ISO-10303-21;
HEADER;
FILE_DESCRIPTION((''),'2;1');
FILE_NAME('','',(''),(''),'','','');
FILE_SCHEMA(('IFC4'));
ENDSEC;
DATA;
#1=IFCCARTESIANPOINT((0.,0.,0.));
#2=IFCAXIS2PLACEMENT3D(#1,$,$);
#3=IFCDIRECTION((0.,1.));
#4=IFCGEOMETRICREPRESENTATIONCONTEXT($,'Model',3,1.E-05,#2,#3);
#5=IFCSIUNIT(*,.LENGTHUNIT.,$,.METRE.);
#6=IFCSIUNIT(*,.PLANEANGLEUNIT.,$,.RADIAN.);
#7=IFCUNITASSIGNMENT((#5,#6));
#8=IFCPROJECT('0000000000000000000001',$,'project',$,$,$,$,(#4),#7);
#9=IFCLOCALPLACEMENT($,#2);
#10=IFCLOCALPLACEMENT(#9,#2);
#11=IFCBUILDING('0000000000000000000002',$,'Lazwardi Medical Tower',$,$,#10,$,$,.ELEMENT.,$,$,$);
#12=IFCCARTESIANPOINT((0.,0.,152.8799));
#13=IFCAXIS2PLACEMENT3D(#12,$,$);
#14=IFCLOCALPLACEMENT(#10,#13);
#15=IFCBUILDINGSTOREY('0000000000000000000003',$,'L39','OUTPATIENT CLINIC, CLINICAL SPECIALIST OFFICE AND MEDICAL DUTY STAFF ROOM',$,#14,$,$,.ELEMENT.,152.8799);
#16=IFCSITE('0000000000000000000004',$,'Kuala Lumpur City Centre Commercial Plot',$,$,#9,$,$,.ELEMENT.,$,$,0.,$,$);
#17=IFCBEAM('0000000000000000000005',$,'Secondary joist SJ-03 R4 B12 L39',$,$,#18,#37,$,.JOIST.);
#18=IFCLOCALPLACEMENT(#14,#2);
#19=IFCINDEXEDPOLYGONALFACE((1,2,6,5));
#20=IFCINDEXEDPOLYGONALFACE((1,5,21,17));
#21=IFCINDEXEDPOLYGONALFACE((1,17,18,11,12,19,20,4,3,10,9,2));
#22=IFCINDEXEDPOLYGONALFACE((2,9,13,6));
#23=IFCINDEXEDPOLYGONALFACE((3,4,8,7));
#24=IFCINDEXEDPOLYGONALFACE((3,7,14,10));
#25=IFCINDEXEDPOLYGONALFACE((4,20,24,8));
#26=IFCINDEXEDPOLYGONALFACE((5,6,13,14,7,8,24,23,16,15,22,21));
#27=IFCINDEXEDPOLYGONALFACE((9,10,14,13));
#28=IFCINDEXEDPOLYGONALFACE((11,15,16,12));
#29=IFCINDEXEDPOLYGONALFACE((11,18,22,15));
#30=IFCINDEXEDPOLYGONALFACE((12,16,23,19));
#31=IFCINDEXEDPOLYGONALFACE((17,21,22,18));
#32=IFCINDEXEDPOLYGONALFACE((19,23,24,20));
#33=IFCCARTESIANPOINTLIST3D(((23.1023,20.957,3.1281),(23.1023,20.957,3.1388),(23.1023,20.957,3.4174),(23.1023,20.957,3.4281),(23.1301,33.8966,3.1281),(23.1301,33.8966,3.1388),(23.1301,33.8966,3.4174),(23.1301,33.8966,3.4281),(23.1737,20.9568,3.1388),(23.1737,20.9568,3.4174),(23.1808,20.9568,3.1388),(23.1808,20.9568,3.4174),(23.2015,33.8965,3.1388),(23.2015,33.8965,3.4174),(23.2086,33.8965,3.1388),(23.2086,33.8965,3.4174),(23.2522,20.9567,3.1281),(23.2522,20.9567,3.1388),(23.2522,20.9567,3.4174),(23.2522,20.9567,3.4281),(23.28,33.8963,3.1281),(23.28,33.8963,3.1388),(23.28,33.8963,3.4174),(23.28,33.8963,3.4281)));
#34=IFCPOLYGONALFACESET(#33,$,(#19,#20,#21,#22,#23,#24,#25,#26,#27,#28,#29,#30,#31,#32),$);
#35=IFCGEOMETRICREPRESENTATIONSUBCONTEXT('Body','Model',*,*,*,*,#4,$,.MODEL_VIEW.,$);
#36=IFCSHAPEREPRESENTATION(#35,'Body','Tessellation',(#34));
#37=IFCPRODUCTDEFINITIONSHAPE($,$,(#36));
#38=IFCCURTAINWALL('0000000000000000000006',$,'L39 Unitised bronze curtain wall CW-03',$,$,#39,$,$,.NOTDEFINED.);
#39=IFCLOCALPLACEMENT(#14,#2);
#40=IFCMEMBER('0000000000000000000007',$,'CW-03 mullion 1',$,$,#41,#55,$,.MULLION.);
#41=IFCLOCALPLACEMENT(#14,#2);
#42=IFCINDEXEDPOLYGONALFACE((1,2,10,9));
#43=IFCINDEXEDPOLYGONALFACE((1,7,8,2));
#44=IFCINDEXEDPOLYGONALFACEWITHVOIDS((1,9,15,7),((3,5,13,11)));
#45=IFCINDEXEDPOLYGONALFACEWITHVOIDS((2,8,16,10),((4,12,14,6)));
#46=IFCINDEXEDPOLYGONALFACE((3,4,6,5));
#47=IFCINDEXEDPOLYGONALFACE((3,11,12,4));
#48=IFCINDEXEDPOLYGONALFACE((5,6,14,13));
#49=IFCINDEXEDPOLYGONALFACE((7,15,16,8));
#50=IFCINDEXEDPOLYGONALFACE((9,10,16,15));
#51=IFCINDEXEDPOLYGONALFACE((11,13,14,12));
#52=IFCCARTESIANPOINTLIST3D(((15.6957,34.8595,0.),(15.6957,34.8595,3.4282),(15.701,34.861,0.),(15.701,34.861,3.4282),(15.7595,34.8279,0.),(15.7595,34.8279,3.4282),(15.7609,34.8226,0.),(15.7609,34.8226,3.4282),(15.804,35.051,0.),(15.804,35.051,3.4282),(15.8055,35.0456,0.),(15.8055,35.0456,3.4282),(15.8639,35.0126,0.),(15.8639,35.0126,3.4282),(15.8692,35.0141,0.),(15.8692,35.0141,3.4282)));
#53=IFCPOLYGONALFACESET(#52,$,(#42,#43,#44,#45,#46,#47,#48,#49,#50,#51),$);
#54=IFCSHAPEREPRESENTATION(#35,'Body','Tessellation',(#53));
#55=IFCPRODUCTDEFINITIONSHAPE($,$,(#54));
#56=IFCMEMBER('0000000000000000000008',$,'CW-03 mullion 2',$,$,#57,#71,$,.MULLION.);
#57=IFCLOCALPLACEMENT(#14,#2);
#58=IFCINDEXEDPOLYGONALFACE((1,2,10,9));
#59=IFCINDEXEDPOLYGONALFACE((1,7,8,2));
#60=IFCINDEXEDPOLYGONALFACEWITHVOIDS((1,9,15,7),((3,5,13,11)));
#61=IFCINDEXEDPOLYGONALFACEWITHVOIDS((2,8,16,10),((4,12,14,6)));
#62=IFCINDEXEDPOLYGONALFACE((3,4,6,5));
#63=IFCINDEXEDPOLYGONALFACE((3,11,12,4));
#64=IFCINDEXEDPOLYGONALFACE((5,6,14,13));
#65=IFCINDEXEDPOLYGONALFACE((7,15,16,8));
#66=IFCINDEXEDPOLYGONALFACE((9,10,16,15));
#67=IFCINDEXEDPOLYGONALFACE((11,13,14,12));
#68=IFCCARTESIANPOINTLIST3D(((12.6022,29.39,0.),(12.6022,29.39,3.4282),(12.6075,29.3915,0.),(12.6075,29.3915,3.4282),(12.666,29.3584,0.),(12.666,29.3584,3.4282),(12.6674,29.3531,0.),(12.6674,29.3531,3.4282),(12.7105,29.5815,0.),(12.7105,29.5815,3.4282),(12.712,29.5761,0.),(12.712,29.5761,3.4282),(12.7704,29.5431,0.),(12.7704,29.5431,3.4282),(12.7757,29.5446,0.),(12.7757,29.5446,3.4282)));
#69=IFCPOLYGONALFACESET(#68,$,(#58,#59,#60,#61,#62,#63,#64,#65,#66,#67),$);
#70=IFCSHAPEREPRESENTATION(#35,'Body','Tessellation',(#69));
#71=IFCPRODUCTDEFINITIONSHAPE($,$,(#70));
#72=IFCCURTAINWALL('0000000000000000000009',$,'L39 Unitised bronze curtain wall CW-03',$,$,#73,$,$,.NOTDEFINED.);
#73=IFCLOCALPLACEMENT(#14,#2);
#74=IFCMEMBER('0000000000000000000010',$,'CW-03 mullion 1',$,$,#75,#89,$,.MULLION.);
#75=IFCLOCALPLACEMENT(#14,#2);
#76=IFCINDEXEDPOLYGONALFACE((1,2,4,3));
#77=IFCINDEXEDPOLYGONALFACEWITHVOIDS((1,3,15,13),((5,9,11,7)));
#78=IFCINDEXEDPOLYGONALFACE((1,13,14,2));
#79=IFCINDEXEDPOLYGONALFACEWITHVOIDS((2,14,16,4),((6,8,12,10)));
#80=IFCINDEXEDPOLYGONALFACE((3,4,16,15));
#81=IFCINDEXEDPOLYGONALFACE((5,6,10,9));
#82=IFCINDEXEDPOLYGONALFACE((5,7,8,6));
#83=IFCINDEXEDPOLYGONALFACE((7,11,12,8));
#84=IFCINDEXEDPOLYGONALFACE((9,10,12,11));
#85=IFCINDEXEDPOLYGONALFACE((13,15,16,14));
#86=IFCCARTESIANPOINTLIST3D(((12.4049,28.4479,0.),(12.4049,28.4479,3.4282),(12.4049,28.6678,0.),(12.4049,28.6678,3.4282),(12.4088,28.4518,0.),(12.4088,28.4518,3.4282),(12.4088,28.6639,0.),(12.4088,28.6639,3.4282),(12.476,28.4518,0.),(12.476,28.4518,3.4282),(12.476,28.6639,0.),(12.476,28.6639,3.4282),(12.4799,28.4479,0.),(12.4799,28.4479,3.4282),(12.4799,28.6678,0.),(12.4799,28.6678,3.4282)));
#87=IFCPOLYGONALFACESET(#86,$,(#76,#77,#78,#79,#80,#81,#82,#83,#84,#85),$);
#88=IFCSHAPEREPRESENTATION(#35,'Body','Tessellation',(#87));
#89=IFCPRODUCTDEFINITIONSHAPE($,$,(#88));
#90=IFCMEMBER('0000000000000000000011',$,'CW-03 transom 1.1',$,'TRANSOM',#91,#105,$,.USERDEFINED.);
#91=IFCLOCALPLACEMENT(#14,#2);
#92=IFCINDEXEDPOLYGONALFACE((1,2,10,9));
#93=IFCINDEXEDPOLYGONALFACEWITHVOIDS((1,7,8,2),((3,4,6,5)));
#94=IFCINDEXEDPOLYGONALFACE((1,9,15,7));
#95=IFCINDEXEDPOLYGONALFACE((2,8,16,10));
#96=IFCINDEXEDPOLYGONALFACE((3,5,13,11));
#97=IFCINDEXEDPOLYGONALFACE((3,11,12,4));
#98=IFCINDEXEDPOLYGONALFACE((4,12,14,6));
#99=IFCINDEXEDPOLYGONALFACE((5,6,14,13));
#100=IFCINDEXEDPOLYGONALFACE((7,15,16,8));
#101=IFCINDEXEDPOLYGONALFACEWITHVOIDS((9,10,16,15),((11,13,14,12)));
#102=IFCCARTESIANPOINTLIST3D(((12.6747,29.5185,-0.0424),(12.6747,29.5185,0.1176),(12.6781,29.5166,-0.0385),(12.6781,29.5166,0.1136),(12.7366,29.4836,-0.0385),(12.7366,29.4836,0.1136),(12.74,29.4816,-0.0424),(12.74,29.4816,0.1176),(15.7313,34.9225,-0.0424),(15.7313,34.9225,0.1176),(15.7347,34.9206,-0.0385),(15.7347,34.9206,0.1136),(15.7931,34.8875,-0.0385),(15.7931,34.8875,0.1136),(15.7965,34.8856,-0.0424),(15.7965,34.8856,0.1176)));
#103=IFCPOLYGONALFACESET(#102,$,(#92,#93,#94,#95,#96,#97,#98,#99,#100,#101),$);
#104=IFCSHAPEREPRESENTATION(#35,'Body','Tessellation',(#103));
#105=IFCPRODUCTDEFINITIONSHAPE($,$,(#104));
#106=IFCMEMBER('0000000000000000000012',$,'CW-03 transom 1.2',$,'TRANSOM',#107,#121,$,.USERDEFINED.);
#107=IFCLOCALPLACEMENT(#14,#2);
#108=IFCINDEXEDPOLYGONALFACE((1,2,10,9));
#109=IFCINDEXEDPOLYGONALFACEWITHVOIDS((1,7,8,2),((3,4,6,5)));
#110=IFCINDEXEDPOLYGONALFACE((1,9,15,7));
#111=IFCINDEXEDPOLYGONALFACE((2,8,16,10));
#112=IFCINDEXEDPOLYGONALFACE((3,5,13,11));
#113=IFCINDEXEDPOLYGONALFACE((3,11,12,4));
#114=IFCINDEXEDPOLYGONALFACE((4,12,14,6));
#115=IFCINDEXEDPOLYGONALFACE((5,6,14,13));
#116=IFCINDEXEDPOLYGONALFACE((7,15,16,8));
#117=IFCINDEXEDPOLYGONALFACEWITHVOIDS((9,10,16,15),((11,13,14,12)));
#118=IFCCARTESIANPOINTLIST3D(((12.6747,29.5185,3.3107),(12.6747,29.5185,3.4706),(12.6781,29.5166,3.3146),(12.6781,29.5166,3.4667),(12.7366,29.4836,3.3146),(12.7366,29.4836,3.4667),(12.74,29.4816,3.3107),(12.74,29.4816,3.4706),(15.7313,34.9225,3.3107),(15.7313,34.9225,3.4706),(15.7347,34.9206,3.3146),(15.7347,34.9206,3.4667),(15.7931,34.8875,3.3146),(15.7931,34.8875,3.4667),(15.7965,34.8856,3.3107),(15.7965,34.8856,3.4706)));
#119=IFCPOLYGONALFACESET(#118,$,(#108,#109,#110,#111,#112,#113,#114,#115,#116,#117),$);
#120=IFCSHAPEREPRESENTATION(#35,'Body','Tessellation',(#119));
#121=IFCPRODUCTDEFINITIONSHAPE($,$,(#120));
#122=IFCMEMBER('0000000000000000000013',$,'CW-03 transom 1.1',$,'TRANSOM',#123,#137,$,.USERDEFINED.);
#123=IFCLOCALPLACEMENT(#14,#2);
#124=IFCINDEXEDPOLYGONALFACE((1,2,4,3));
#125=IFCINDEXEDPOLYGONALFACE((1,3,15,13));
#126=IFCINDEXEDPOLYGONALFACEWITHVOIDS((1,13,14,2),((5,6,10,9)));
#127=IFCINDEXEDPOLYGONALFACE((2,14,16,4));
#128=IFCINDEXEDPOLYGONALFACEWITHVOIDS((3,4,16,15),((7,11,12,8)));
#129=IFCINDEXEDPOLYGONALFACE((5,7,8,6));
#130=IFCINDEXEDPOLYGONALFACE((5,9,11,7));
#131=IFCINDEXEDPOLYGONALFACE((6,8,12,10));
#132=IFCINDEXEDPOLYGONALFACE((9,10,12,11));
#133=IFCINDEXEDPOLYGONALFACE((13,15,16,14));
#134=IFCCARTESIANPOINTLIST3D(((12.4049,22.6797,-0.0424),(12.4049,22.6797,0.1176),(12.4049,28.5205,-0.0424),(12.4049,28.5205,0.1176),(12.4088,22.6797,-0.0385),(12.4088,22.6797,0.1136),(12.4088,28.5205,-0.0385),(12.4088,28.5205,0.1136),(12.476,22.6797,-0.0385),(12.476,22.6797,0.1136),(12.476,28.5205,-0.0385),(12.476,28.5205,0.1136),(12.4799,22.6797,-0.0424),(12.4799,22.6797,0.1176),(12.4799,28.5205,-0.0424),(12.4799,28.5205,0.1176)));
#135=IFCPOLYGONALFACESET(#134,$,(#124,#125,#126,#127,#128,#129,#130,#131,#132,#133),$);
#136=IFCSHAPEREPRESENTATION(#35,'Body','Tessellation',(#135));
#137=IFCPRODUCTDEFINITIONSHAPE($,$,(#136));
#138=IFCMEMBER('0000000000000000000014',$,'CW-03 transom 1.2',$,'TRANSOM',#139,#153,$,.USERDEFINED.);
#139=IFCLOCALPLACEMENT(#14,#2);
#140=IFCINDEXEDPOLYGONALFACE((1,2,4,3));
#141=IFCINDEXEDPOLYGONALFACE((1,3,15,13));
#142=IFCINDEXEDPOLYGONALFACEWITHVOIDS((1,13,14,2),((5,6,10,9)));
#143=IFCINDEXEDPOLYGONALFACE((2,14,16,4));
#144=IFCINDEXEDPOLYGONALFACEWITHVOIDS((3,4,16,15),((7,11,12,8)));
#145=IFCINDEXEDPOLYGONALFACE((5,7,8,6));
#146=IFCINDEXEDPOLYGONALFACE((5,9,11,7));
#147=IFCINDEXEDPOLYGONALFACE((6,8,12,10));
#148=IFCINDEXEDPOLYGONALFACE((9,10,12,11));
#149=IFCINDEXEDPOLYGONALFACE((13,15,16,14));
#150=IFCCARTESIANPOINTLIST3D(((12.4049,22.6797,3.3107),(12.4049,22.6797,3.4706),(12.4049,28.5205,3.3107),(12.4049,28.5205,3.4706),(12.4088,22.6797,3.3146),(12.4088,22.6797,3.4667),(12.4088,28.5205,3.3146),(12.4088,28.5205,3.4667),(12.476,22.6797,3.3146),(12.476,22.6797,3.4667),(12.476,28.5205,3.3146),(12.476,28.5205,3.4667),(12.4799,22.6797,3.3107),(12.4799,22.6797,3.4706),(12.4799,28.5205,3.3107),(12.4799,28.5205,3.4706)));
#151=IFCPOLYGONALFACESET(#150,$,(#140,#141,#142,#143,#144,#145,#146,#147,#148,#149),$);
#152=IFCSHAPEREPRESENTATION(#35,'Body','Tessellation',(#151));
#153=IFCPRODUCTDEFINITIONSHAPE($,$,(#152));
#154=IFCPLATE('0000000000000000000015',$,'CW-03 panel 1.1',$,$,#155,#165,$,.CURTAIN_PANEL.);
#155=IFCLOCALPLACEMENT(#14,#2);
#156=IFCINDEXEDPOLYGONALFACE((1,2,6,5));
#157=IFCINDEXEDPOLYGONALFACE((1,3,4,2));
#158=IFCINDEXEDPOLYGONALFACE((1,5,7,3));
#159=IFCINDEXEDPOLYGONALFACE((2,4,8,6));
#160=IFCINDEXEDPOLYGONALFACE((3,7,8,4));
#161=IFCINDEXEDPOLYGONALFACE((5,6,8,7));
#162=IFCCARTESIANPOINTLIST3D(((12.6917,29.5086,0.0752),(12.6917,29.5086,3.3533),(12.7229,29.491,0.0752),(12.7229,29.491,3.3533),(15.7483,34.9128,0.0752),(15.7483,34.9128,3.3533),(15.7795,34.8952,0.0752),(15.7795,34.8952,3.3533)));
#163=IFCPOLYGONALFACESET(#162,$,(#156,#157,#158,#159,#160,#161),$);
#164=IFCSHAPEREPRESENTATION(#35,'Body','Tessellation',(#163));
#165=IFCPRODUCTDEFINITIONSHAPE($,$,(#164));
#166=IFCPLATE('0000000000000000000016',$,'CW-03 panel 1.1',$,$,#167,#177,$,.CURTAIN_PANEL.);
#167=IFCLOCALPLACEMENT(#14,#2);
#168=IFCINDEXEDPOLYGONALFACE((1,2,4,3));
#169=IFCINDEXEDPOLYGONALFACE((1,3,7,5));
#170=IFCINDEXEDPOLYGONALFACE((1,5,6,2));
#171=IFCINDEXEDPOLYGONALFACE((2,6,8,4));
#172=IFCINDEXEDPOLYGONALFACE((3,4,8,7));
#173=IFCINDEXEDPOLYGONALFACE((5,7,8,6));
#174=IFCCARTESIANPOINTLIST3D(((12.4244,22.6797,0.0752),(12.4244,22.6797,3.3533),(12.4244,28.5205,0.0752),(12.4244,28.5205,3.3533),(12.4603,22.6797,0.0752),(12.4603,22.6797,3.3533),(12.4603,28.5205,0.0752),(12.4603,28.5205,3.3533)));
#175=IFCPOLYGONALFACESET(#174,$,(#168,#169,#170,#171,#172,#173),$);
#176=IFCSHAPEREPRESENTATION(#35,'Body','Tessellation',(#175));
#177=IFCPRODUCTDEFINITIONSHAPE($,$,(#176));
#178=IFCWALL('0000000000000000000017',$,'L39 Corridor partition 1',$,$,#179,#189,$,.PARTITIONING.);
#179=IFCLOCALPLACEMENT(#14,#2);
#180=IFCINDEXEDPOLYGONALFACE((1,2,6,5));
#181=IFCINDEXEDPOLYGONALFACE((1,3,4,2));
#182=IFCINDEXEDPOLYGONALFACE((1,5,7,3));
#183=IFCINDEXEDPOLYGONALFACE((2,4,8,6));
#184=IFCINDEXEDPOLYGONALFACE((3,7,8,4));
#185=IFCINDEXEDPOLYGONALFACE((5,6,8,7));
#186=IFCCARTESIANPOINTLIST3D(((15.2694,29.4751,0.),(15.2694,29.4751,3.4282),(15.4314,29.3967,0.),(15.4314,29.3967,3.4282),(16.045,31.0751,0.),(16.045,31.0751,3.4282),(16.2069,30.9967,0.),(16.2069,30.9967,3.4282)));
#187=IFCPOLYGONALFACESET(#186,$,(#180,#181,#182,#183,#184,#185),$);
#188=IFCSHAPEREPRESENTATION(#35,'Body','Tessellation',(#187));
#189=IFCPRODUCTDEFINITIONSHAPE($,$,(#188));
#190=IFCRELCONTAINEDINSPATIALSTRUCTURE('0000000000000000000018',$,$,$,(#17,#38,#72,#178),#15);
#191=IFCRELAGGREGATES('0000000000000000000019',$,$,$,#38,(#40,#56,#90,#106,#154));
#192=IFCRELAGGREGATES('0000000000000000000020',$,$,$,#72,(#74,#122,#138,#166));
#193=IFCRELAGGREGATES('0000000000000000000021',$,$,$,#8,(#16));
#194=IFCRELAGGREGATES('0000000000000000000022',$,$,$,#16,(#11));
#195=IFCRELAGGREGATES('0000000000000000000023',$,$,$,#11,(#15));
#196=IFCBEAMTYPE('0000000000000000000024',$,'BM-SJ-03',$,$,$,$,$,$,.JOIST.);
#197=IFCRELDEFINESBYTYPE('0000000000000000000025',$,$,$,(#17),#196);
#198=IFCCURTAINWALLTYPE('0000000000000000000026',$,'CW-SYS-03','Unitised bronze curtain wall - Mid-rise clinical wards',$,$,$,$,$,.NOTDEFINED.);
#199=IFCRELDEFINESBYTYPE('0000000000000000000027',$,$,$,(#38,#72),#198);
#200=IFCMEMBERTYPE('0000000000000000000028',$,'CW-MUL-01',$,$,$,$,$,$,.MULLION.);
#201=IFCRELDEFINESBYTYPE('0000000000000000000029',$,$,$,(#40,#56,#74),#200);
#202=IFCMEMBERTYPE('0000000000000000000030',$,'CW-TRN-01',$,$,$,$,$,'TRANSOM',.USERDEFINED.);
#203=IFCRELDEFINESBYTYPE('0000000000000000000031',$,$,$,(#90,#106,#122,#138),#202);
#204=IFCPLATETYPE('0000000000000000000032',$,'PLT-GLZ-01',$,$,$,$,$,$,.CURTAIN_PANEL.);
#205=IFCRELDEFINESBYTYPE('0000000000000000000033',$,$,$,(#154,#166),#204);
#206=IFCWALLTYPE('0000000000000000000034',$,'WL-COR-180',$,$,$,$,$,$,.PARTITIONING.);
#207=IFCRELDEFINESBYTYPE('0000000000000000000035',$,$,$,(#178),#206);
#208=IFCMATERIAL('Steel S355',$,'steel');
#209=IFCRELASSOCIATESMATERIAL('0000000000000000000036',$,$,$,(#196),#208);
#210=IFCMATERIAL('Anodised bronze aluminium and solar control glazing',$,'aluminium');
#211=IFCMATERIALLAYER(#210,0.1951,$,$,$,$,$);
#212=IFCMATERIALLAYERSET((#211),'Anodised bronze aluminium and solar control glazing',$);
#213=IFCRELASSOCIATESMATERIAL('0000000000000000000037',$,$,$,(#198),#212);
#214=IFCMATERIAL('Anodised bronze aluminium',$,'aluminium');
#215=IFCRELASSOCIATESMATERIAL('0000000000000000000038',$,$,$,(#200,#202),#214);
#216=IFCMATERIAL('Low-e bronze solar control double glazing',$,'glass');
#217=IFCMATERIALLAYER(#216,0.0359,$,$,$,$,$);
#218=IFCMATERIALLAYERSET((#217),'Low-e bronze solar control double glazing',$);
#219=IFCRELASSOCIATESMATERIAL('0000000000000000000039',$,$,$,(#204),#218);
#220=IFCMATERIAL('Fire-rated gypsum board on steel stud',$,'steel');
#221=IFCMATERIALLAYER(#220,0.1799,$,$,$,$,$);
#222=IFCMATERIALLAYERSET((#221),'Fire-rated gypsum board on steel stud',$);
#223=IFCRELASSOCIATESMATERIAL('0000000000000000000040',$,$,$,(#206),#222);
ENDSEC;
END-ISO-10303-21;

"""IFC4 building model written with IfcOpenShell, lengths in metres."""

from ifc_helpers import new_model, si_unit, direction, frame, frame_2d, origin, origin_2d, place, context, subcontext, project, spatial, rectangle, hollow_rectangle, i_section, extrude, material, layer, layer_set, material_profile, profile_set, type_object, element, aggregate, save


model = new_model("IFC4")

# Units and contexts
model_context = context("Model", 3, precision=1e-05, world=origin(), true_north=direction((0.0, 1.0)))
body_context = subcontext(model_context, "Body", "Model", "MODEL_VIEW")
ifc_project = project(units=[si_unit("LENGTHUNIT", "METRE"), si_unit("PLANEANGLEUNIT", "RADIAN")], contexts=[model_context])

# Site, building, storey
site_placement = place(None, origin())
site = spatial("IfcSite", under=ifc_project, at=site_placement, Name="Kuala Lumpur City Centre Commercial Plot", CompositionType="ELEMENT", RefElevation=0.0)
building_placement = place(site_placement, origin())
building = spatial("IfcBuilding", under=site, at=building_placement, Name="Lazwardi Medical Tower", CompositionType="ELEMENT")
storey_placement = place(building_placement, frame((0.0, 0.0, 152.8799)))
storey = spatial("IfcBuildingStorey", under=building, at=storey_placement, Name="L39", Description="OUTPATIENT CLINIC, CLINICAL SPECIALIST OFFICE AND MEDICAL DUTY STAFF ROOM", CompositionType="ELEMENT", Elevation=152.8799)

# Beam
ifc_material_1 = material(Name="Steel S355", Category="steel")
ifc_material_profile_1 = material_profile(ifc_material_1, i_section(OverallWidth=0.1499, OverallDepth=0.3, WebThickness=0.0071, FlangeThickness=0.0107, at=origin_2d()), Name="IPE 300")
ifc_profile_set_1 = profile_set([ifc_material_profile_1], Name="Steel S355")
beam_type_1 = type_object("IfcBeamType", Name="BM-SJ-03", PredefinedType="JOIST", material=ifc_profile_set_1)
beam_1_placement = place(storey_placement, frame((23.2051, 33.8965, 3.2781), z_axis=(-0.002151, -0.999998, 0.0), x_axis=(0.999998, -0.002151, 0.0)))
element("IfcBeam", 1, at=beam_1_placement, inside=storey, type_object=beam_type_1, Name="Secondary joist SJ-03 R4 B12 L39", PredefinedType="JOIST", context=body_context, shape_type="SweptSolid", body=[
    extrude(i_section(OverallWidth=0.1499, OverallDepth=0.3, WebThickness=0.0071, FlangeThickness=0.0107, at=origin_2d()), origin(), (0.0, 0.0, 1.0), 12.9397),
])

# Curtain wall, members
ifc_material_2 = material(Name="Anodised bronze aluminium and solar control glazing", Category="aluminium")
ifc_layer_1 = layer(ifc_material_2, 0.1951)
ifc_layer_set_1 = layer_set([ifc_layer_1], Name="Anodised bronze aluminium and solar control glazing")
curtain_wall_type = type_object("IfcCurtainWallType", Name="CW-SYS-03", Description="Unitised bronze curtain wall - Mid-rise clinical wards", PredefinedType="NOTDEFINED", material=ifc_layer_set_1)
curtain_wall_1_placement = place(storey_placement, origin())
curtain_wall_1 = element("IfcCurtainWall", 2, at=curtain_wall_1_placement, inside=storey, type_object=curtain_wall_type, Name="L39 Unitised bronze curtain wall CW-03", PredefinedType="NOTDEFINED")
ifc_material_3 = material(Name="Anodised bronze aluminium", Category="aluminium")
ifc_material_profile_2 = material_profile(ifc_material_3, hollow_rectangle(XDim=0.075, YDim=0.22, WallThickness=0.0039, at=origin_2d()), Name="ALU-MULLION 220x75x4")
ifc_profile_set_2 = profile_set([ifc_material_profile_2], Name="Anodised bronze aluminium")
member_type_1 = type_object("IfcMemberType", Name="CW-MUL-01", PredefinedType="MULLION", material=ifc_profile_set_2)
member_1_placement = place(storey_placement, frame((15.7825, 34.9368, 0.0), z_axis=(0.0, 0.0, 1.0), x_axis=(0.870419, -0.492312, 0.0)))
member_1 = element("IfcMember", 3, at=member_1_placement, type_object=member_type_1, Name="CW-03 mullion 1", PredefinedType="MULLION", context=body_context, shape_type="SweptSolid", body=[
    extrude(hollow_rectangle(XDim=0.075, YDim=0.22, WallThickness=0.0039, at=origin_2d()), origin(), (0.0, 0.0, 1.0), 3.4282),
])
member_2_placement = place(storey_placement, frame((12.689, 29.4673, 0.0), z_axis=(0.0, 0.0, 1.0), x_axis=(0.870419, -0.492312, 0.0)))
member_2 = element("IfcMember", 4, at=member_2_placement, type_object=member_type_1, Name="CW-03 mullion 2", PredefinedType="MULLION", context=body_context, shape_type="SweptSolid", body=[
    extrude(hollow_rectangle(XDim=0.075, YDim=0.22, WallThickness=0.0039, at=origin_2d()), origin(), (0.0, 0.0, 1.0), 3.4282),
])

# Curtain wall, member
curtain_wall_2_placement = place(storey_placement, origin())
curtain_wall_2 = element("IfcCurtainWall", 5, at=curtain_wall_2_placement, inside=storey, type_object=curtain_wall_type, Name="L39 Unitised bronze curtain wall CW-03", PredefinedType="NOTDEFINED")
member_3_placement = place(storey_placement, frame((12.4424, 28.5579, 0.0), z_axis=(0.0, 0.0, 1.0), x_axis=(1.0, 0.0, 0.0)))
member_3 = element("IfcMember", 6, at=member_3_placement, type_object=member_type_1, Name="CW-03 mullion 1", PredefinedType="MULLION", context=body_context, shape_type="SweptSolid", body=[
    extrude(hollow_rectangle(XDim=0.075, YDim=0.22, WallThickness=0.0039, at=origin_2d()), origin(), (0.0, 0.0, 1.0), 3.4282),
])

# Members
ifc_material_profile_3 = material_profile(ifc_material_3, hollow_rectangle(XDim=0.075, YDim=0.1599, WallThickness=0.0039, at=origin_2d()), Name="ALU-TRANSOM 160x75x4")
ifc_profile_set_3 = profile_set([ifc_material_profile_3], Name="Anodised bronze aluminium")
member_type_2 = type_object("IfcMemberType", Name="CW-TRN-01", ElementType="TRANSOM", PredefinedType="USERDEFINED", material=ifc_profile_set_3)
member_4_placement = place(storey_placement, frame((15.7639, 34.9041, 0.0376), z_axis=(-0.492323, -0.870413, 0.0), x_axis=(0.870413, -0.492323, 0.0)))
member_4 = element("IfcMember", 7, at=member_4_placement, type_object=member_type_2, Name="CW-03 transom 1.1", ObjectType="TRANSOM", PredefinedType="USERDEFINED", context=body_context, shape_type="SweptSolid", body=[
    extrude(hollow_rectangle(XDim=0.075, YDim=0.1599, WallThickness=0.0039, at=origin_2d()), origin(), (0.0, 0.0, 1.0), 6.2085),
])
member_5_placement = place(storey_placement, frame((15.7639, 34.9041, 3.3906), z_axis=(-0.492323, -0.870413, 0.0), x_axis=(0.870413, -0.492323, 0.0)))
member_5 = element("IfcMember", 8, at=member_5_placement, type_object=member_type_2, Name="CW-03 transom 1.2", ObjectType="TRANSOM", PredefinedType="USERDEFINED", context=body_context, shape_type="SweptSolid", body=[
    extrude(hollow_rectangle(XDim=0.075, YDim=0.1599, WallThickness=0.0039, at=origin_2d()), origin(), (0.0, 0.0, 1.0), 6.2085),
])
member_6_placement = place(storey_placement, frame((12.4424, 28.5205, 0.0376), z_axis=(0.0, -1.0, 0.0), x_axis=(1.0, 0.0, 0.0)))
member_6 = element("IfcMember", 9, at=member_6_placement, type_object=member_type_2, Name="CW-03 transom 1.1", ObjectType="TRANSOM", PredefinedType="USERDEFINED", context=body_context, shape_type="SweptSolid", body=[
    extrude(hollow_rectangle(XDim=0.075, YDim=0.1599, WallThickness=0.0039, at=origin_2d()), origin(), (0.0, 0.0, 1.0), 5.8408),
])
member_7_placement = place(storey_placement, frame((12.4424, 28.5205, 3.3906), z_axis=(0.0, -1.0, 0.0), x_axis=(1.0, 0.0, 0.0)))
member_7 = element("IfcMember", 10, at=member_7_placement, type_object=member_type_2, Name="CW-03 transom 1.2", ObjectType="TRANSOM", PredefinedType="USERDEFINED", context=body_context, shape_type="SweptSolid", body=[
    extrude(hollow_rectangle(XDim=0.075, YDim=0.1599, WallThickness=0.0039, at=origin_2d()), origin(), (0.0, 0.0, 1.0), 5.8408),
])

# Plates
ifc_material_4 = material(Name="Low-e bronze solar control double glazing", Category="glass")
ifc_layer_2 = layer(ifc_material_4, 0.0359)
ifc_layer_set_2 = layer_set([ifc_layer_2], Name="Low-e bronze solar control double glazing")
plate_type = type_object("IfcPlateType", Name="PLT-GLZ-01", PredefinedType="CURTAIN_PANEL", material=ifc_layer_set_2)
plate_1_placement = place(storey_placement, frame((14.2356, 32.2019, 0.0752), z_axis=(0.0, 0.0, 1.0), x_axis=(-0.492312, -0.870419, 0.0)))
plate_1 = element("IfcPlate", 11, at=plate_1_placement, type_object=plate_type, Name="CW-03 panel 1.1", PredefinedType="CURTAIN_PANEL", context=body_context, shape_type="SweptSolid", body=[
    extrude(rectangle(XDim=6.2087, YDim=0.0359, at=origin_2d()), origin(), (0.0, 0.0, 1.0), 3.2781),
])
aggregate(curtain_wall_1, [member_1, member_2, member_4, member_5, plate_1])
plate_2_placement = place(storey_placement, frame((12.4424, 25.6001, 0.0752), z_axis=(0.0, 0.0, 1.0), x_axis=(0.0, -1.0, 0.0)))
plate_2 = element("IfcPlate", 12, at=plate_2_placement, type_object=plate_type, Name="CW-03 panel 1.1", PredefinedType="CURTAIN_PANEL", context=body_context, shape_type="SweptSolid", body=[
    extrude(rectangle(XDim=5.8408, YDim=0.0359, at=origin_2d()), origin(), (0.0, 0.0, 1.0), 3.2781),
])
aggregate(curtain_wall_2, [member_3, member_6, member_7, plate_2])

# Wall
ifc_material_5 = material(Name="Fire-rated gypsum board on steel stud", Category="steel")
ifc_layer_3 = layer(ifc_material_5, 0.1799)
ifc_layer_set_3 = layer_set([ifc_layer_3], Name="Fire-rated gypsum board on steel stud")
wall_type_1 = type_object("IfcWallType", Name="WL-COR-180", PredefinedType="PARTITIONING", material=ifc_layer_set_3)
wall_1_placement = place(storey_placement, frame((15.3503, 29.4358, 0.0), z_axis=(0.0, 0.0, 1.0), x_axis=(0.436196, 0.899852, 0.0)))
element("IfcWall", 13, at=wall_1_placement, inside=storey, type_object=wall_type_1, Name="L39 Corridor partition 1", PredefinedType="PARTITIONING", context=body_context, shape_type="SweptSolid", body=[
    extrude(rectangle(XDim=1.7781, YDim=0.1799, at=frame_2d((0.8892, 0.0))), origin(), (0.0, 0.0, 1.0), 3.4282),
])

save(model, "model.ifc")
